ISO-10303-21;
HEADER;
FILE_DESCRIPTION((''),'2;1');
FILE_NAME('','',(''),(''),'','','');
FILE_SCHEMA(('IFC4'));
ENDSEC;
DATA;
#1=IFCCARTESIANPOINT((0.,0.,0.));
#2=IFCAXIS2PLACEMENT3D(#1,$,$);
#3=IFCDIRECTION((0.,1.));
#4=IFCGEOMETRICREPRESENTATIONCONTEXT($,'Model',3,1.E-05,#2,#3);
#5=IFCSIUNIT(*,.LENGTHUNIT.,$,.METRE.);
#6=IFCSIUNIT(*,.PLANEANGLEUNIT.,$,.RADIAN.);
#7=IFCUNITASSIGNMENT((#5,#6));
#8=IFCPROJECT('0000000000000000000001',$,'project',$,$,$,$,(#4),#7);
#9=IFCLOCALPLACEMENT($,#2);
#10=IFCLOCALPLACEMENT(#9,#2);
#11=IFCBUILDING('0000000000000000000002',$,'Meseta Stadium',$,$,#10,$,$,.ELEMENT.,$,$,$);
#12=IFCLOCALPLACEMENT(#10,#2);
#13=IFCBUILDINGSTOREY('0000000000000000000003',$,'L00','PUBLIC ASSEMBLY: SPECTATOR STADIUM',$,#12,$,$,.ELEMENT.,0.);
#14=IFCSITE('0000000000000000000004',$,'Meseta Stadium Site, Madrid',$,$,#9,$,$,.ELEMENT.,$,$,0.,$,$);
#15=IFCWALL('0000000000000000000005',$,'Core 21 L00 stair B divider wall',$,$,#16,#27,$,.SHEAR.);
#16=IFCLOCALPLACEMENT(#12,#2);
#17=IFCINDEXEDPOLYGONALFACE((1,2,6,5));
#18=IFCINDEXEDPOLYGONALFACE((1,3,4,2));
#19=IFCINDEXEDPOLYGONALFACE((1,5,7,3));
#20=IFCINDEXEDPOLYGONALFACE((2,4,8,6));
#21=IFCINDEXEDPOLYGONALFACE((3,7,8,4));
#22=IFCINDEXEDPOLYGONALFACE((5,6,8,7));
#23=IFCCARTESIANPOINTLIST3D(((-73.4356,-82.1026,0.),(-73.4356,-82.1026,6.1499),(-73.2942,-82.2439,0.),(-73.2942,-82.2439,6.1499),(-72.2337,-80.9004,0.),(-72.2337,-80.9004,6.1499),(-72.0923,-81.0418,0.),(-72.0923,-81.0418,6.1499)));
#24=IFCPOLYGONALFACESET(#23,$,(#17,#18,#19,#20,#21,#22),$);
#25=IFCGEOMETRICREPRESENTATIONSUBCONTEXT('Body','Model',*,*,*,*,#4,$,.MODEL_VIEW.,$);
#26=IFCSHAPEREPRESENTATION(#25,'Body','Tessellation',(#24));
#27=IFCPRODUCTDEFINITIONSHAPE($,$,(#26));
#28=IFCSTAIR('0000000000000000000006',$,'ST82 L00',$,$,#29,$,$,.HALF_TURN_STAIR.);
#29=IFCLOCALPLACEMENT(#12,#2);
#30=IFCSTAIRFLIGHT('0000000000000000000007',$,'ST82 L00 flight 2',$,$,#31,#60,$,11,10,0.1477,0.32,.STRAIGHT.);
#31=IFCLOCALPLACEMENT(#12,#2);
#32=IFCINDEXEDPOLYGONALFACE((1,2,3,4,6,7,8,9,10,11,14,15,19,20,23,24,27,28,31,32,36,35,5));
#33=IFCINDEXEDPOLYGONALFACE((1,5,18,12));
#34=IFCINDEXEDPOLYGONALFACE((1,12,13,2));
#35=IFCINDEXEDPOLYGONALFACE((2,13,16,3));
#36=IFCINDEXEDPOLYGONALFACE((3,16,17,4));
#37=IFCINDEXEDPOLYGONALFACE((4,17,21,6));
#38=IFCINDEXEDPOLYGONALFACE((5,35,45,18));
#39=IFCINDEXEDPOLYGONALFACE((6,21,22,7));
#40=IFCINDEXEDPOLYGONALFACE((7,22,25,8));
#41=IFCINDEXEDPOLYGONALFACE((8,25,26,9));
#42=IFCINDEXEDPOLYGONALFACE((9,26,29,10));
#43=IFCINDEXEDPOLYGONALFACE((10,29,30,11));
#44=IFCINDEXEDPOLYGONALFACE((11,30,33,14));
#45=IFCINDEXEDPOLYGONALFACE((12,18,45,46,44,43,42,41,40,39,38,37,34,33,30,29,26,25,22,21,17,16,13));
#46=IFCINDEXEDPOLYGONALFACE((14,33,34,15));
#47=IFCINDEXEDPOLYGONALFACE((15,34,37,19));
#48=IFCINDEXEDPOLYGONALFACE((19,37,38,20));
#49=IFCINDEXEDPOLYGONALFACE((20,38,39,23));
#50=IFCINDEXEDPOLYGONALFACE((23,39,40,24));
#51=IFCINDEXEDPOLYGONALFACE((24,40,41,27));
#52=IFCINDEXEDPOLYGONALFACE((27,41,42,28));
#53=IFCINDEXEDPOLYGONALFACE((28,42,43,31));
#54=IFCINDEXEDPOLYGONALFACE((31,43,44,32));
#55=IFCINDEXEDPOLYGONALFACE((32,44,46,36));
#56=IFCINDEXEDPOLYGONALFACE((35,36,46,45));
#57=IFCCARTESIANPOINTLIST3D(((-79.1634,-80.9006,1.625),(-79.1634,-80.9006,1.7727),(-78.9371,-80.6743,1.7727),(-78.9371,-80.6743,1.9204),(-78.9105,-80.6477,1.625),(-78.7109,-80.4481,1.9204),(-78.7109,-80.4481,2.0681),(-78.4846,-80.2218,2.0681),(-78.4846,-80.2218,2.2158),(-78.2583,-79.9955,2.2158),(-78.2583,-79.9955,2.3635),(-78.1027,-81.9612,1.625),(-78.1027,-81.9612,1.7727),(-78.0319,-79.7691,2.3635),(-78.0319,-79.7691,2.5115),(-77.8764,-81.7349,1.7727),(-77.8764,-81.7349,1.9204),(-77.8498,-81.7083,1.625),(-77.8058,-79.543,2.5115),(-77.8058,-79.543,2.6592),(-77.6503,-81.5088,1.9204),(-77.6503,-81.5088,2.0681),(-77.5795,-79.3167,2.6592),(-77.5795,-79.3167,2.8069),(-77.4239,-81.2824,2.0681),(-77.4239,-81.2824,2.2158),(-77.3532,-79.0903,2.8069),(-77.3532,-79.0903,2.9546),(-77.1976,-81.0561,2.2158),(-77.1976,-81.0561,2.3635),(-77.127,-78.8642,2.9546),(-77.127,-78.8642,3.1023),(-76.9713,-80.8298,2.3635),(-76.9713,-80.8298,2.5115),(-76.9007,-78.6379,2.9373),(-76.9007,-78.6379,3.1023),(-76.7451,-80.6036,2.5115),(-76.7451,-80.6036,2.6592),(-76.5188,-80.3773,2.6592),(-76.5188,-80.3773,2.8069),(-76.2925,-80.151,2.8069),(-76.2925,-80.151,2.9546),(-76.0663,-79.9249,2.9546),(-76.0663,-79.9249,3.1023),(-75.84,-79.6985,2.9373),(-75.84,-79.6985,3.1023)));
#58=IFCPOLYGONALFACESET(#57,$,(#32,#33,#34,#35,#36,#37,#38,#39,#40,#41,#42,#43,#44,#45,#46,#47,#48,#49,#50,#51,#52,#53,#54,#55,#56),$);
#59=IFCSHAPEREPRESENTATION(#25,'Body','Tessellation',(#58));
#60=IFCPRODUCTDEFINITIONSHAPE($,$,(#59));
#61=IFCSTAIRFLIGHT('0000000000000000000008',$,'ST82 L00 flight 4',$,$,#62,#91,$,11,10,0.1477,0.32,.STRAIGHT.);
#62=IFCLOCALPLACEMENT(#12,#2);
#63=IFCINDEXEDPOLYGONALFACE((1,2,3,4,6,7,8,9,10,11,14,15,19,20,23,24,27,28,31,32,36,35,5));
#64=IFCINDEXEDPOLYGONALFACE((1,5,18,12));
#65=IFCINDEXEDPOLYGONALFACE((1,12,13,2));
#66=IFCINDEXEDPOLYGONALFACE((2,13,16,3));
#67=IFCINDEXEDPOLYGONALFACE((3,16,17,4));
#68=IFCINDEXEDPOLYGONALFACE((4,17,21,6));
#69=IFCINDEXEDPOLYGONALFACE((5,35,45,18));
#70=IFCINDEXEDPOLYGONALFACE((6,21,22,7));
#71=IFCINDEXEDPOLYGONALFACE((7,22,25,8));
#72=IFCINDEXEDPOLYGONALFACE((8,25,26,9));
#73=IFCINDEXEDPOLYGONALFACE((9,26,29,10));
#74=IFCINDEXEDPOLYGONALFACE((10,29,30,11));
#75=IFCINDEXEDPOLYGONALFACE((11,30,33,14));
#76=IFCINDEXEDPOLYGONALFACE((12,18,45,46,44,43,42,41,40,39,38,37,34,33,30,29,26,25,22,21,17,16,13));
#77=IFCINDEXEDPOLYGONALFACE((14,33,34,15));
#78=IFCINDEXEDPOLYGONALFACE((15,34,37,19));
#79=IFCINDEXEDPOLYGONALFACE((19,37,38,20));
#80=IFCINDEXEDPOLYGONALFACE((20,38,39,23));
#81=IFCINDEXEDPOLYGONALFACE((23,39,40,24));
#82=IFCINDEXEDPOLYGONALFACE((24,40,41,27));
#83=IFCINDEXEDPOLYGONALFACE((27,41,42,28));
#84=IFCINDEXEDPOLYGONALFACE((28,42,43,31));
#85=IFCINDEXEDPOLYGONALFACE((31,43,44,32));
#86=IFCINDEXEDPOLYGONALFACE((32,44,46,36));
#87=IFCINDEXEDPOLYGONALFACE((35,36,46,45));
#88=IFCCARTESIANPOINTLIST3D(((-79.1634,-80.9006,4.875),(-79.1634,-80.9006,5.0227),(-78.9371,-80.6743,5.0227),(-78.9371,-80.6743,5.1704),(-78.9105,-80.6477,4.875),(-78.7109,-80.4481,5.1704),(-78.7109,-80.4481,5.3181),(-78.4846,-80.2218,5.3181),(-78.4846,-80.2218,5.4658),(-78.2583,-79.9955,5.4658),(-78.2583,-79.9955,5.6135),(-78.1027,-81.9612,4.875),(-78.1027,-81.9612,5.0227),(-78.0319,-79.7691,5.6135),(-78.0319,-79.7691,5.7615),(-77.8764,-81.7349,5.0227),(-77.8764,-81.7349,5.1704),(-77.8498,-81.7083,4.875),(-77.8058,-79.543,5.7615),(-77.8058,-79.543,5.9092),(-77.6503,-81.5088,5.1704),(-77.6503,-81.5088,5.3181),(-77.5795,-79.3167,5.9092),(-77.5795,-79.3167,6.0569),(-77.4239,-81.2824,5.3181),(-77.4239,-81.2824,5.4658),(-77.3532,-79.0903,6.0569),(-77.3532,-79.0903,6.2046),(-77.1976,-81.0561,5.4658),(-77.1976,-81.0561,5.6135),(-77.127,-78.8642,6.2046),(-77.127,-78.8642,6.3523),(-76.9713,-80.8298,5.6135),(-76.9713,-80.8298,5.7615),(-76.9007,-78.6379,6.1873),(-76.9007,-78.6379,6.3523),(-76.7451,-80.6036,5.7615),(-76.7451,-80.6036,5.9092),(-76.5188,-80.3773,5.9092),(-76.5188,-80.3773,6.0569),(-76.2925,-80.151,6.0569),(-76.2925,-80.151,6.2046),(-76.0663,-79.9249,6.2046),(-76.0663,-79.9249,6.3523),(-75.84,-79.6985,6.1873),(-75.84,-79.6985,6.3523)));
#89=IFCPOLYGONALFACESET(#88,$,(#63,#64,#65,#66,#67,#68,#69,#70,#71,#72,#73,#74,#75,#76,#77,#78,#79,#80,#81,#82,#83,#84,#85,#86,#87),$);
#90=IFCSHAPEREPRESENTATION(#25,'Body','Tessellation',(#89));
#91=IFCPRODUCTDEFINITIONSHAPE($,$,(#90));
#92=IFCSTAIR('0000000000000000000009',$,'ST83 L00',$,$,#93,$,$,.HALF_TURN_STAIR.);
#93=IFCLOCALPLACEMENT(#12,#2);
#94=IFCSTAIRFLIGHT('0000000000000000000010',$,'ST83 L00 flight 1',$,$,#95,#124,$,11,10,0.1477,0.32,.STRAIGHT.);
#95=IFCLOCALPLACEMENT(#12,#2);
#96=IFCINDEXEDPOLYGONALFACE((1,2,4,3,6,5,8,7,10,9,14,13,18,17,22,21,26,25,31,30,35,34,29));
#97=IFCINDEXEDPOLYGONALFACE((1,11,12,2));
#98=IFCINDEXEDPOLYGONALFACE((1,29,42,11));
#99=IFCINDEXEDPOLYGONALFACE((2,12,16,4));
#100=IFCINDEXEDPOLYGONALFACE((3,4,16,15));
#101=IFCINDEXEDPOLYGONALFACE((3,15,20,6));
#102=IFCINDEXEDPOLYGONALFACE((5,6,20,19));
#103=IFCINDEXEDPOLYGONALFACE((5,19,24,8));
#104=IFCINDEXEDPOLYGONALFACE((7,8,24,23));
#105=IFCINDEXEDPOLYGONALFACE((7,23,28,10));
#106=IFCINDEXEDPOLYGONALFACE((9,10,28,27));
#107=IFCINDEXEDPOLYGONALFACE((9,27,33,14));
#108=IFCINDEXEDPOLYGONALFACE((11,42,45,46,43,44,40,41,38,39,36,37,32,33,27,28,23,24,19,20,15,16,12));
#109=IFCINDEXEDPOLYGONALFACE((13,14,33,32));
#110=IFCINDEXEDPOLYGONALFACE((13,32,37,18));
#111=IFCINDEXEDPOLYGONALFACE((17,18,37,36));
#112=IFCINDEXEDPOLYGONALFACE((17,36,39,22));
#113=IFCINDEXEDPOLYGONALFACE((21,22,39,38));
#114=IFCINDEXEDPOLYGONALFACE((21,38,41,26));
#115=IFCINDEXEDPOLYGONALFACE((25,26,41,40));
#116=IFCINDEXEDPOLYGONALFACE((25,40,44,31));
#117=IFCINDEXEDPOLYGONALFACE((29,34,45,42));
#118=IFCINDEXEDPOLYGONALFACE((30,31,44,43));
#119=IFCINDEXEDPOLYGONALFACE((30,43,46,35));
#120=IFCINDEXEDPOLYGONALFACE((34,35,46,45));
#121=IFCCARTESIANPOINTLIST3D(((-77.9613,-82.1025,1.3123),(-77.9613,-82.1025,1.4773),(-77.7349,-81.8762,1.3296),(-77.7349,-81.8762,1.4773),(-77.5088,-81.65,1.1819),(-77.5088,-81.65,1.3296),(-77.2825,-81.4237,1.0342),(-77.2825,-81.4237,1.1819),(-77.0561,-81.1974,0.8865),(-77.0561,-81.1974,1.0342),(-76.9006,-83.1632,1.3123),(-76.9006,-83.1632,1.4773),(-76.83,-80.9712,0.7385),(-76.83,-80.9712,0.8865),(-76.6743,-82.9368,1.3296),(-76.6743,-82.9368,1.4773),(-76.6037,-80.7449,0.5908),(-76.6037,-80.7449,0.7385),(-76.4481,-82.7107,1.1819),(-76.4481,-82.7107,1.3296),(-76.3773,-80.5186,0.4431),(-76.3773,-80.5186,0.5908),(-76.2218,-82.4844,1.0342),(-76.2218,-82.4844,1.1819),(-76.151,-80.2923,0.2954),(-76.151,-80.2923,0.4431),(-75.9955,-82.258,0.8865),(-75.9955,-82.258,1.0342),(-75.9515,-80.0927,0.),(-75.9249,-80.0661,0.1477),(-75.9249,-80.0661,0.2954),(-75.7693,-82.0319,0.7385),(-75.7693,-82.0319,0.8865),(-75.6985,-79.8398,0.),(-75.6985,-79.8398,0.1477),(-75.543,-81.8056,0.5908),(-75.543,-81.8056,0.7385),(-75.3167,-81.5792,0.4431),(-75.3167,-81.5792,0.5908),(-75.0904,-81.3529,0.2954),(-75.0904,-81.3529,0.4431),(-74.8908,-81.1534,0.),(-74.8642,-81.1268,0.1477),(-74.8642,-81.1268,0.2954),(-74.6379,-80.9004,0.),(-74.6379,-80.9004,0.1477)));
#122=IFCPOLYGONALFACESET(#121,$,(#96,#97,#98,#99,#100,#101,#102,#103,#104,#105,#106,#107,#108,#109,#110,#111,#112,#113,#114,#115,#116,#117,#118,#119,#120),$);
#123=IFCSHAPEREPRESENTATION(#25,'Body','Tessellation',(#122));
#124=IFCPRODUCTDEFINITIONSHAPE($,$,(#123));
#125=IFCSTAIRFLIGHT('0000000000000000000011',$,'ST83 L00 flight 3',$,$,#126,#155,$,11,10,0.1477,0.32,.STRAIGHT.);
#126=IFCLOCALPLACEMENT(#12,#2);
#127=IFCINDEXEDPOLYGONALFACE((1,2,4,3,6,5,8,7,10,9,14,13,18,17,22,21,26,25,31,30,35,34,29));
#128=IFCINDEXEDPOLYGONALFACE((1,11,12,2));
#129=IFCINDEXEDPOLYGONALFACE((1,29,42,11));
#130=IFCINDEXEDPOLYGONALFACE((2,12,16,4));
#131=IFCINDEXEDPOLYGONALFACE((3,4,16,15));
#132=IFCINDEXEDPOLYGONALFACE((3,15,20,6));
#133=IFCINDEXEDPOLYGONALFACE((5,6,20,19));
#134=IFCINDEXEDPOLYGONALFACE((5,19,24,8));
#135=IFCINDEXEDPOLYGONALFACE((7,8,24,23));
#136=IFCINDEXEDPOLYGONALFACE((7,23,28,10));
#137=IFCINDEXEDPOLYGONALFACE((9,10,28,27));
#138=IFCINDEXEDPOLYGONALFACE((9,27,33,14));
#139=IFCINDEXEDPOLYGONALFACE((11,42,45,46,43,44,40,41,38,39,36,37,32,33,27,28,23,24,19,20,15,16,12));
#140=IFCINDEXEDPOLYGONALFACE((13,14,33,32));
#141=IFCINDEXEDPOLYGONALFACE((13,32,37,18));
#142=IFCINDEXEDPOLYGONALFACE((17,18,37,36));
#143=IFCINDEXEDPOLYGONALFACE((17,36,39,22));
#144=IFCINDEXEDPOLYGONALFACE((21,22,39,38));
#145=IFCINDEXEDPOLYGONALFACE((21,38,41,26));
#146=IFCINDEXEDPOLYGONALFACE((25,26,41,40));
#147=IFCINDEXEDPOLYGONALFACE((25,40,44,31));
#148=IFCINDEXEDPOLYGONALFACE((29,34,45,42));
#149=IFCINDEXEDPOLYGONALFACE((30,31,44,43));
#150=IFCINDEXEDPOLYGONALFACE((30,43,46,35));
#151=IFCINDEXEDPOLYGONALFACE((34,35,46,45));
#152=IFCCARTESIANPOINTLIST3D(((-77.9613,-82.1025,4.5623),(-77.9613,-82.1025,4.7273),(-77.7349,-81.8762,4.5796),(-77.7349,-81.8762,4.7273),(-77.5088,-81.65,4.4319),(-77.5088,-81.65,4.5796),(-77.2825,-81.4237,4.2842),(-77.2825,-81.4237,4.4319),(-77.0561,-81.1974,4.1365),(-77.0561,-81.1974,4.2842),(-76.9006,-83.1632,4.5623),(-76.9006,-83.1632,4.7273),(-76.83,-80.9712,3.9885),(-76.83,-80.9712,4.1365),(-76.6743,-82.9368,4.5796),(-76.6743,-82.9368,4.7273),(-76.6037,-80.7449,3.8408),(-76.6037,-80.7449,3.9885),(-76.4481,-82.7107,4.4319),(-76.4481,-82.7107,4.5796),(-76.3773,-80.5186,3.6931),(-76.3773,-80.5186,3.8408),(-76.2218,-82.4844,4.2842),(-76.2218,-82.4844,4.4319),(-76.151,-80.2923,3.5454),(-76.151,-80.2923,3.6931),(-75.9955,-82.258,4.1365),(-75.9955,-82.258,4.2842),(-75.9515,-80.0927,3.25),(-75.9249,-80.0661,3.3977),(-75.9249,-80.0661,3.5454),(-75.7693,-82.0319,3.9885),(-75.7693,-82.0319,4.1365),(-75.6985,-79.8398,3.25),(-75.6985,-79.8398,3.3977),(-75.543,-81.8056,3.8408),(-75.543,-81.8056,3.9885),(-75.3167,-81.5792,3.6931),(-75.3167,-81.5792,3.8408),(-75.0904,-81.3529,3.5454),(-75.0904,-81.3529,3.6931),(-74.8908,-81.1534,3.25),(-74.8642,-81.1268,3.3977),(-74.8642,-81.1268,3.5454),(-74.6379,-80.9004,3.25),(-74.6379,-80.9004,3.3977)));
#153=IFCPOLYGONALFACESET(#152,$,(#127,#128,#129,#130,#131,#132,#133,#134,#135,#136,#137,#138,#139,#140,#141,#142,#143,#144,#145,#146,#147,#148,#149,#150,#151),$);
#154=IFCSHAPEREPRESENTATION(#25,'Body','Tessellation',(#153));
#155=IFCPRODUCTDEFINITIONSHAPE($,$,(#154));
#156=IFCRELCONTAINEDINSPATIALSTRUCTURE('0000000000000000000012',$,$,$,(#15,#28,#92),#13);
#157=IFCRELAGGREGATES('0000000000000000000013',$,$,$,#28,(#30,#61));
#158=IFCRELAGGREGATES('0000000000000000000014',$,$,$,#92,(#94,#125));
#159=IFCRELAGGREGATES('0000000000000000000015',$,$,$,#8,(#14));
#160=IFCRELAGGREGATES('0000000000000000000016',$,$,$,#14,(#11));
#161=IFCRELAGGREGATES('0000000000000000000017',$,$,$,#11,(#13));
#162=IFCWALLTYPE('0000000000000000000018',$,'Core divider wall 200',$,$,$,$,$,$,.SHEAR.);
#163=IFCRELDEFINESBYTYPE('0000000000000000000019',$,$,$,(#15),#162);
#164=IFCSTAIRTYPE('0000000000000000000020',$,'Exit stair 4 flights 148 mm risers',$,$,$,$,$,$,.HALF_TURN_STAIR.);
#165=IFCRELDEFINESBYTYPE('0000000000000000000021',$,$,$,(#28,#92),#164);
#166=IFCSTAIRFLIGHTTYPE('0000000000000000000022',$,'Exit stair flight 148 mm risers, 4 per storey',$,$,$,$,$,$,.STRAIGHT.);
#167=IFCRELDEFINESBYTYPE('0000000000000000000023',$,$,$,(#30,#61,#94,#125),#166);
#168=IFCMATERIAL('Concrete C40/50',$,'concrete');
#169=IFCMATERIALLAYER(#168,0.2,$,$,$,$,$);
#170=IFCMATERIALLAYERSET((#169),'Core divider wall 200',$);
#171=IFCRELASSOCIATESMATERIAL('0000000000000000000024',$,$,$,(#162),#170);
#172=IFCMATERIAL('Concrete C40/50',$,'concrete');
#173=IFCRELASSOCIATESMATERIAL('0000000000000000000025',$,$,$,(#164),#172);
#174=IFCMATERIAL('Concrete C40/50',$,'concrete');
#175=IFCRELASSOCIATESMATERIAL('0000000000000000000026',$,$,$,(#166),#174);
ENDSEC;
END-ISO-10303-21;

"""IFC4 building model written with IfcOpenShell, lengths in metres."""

from ifc_helpers import new_model, si_unit, direction, frame, frame_2d, origin, place, context, subcontext, project, spatial, polyline, rectangle, outline, extrude, material, layer, layer_set, type_object, element, aggregate, save


model = new_model("IFC4")

# Units and contexts
model_context = context("Model", 3, precision=1e-05, world=origin(), true_north=direction((0.0, 1.0)))
body_context = subcontext(model_context, "Body", "Model", "MODEL_VIEW")
ifc_project = project(units=[si_unit("LENGTHUNIT", "METRE"), si_unit("PLANEANGLEUNIT", "RADIAN")], contexts=[model_context])

# Site, building, storey
site_placement = place(None, origin())
site = spatial("IfcSite", under=ifc_project, at=site_placement, Name="Meseta Stadium Site, Madrid", CompositionType="ELEMENT", RefElevation=0.0)
building_placement = place(site_placement, origin())
building = spatial("IfcBuilding", under=site, at=building_placement, Name="Meseta Stadium", CompositionType="ELEMENT")
storey_placement = place(building_placement, origin())
storey = spatial("IfcBuildingStorey", under=building, at=storey_placement, Name="L00", Description="PUBLIC ASSEMBLY: SPECTATOR STADIUM", CompositionType="ELEMENT", Elevation=0.0)

# Wall
ifc_material_1 = material(Name="Concrete C40/50", Category="concrete")
ifc_layer = layer(ifc_material_1, 0.2)
ifc_layer_set = layer_set([ifc_layer], Name="Core divider wall 200")
wall_type = type_object("IfcWallType", Name="Core divider wall 200", PredefinedType="SHEAR", material=ifc_layer_set)
wall_placement = place(storey_placement, frame((-73.365, -82.1733, 0.0), z_axis=(0.0, 0.0, 1.0), x_axis=(0.707035, 0.707179, 0.0)))
element("IfcWall", 1, at=wall_placement, inside=storey, type_object=wall_type, Name="Core 21 L00 stair B divider wall", PredefinedType="SHEAR", context=body_context, shape_type="SweptSolid", body=[
    extrude(rectangle(XDim=1.7, YDim=0.2, at=frame_2d((0.8501, 0.0))), origin(), (0.0, 0.0, 1.0), 6.1499),
])

# Stairs, stair flights
ifc_material_2 = material(Name="Concrete C40/50", Category="concrete")
stair_type = type_object("IfcStairType", Name="Exit stair 4 flights 148 mm risers", PredefinedType="HALF_TURN_STAIR", material=ifc_material_2)
stair_1_placement = place(storey_placement, origin())
stair_1 = element("IfcStair", 2, at=stair_1_placement, inside=storey, type_object=stair_type, Name="ST82 L00", PredefinedType="HALF_TURN_STAIR")
ifc_material_3 = material(Name="Concrete C40/50", Category="concrete")
stair_flight_type = type_object("IfcStairFlightType", Name="Exit stair flight 148 mm risers, 4 per storey", PredefinedType="STRAIGHT", material=ifc_material_3)
stair_flight_1_placement = place(storey_placement, frame((-78.6331, -81.4309, 1.625), z_axis=(0.0, 0.0, 1.0), x_axis=(0.707107, 0.707107, 0.0)))
stair_flight_1 = element("IfcStairFlight", 3, at=stair_flight_1_placement, type_object=stair_flight_type, Name="ST82 L00 flight 2", NumberOfRisers=11, NumberOfTreads=10, PredefinedType="STRAIGHT", RiserHeight=0.1477, TreadLength=0.32, context=body_context, shape_type="SweptSolid", body=[
    extrude(outline(polyline([(0.0, 0.0), (0.0, 0.1477), (0.3201, 0.1477), (0.3201, 0.2954), (0.6399, 0.2954), (0.6399, 0.4431), (0.96, 0.4431), (0.96, 0.5908), (1.28, 0.5908), (1.28, 0.7385), (1.6001, 0.7385), (1.6001, 0.8865), (1.9199, 0.8865), (1.9199, 1.0342), (2.24, 1.0342), (2.24, 1.1819), (2.5601, 1.1819), (2.5601, 1.3296), (2.8799, 1.3296), (2.8799, 1.4773), (3.2, 1.4773), (3.2, 1.3123), (0.3577, 0.0), (0.0, 0.0)])), frame((0.0, 0.75, 0.0), z_axis=(0.0, -1.0, 0.0), x_axis=(1.0, 0.0, 0.0)), (0.0, 0.0, 1.0), 1.5),
])
stair_flight_2_placement = place(storey_placement, frame((-78.6331, -81.4309, 4.875), z_axis=(0.0, 0.0, 1.0), x_axis=(0.707107, 0.707107, 0.0)))
stair_flight_2 = element("IfcStairFlight", 4, at=stair_flight_2_placement, type_object=stair_flight_type, Name="ST82 L00 flight 4", NumberOfRisers=11, NumberOfTreads=10, PredefinedType="STRAIGHT", RiserHeight=0.1477, TreadLength=0.32, context=body_context, shape_type="SweptSolid", body=[
    extrude(outline(polyline([(0.0, 0.0), (0.0, 0.1477), (0.3201, 0.1477), (0.3201, 0.2954), (0.6399, 0.2954), (0.6399, 0.4431), (0.96, 0.4431), (0.96, 0.5908), (1.28, 0.5908), (1.28, 0.7385), (1.6001, 0.7385), (1.6001, 0.8865), (1.9199, 0.8865), (1.9199, 1.0342), (2.24, 1.0342), (2.24, 1.1819), (2.5601, 1.1819), (2.5601, 1.3296), (2.8799, 1.3296), (2.8799, 1.4773), (3.2, 1.4773), (3.2, 1.3123), (0.3577, 0.0), (0.0, 0.0)])), frame((0.0, 0.75, 0.0), z_axis=(0.0, -1.0, 0.0), x_axis=(1.0, 0.0, 0.0)), (0.0, 0.0, 1.0), 1.5),
])
aggregate(stair_1, [stair_flight_1, stair_flight_2])
stair_2_placement = place(storey_placement, origin())
stair_2 = element("IfcStair", 5, at=stair_2_placement, inside=storey, type_object=stair_type, Name="ST83 L00", PredefinedType="HALF_TURN_STAIR")
stair_flight_3_placement = place(storey_placement, frame((-75.1682, -80.3701, 0.0), z_axis=(0.0, 0.0, 1.0), x_axis=(-0.707107, -0.707107, 0.0)))
stair_flight_3 = element("IfcStairFlight", 6, at=stair_flight_3_placement, type_object=stair_flight_type, Name="ST83 L00 flight 1", NumberOfRisers=11, NumberOfTreads=10, PredefinedType="STRAIGHT", RiserHeight=0.1477, TreadLength=0.32, context=body_context, shape_type="SweptSolid", body=[
    extrude(outline(polyline([(0.0, 0.0), (0.0, 0.1477), (0.3201, 0.1477), (0.3201, 0.2954), (0.6399, 0.2954), (0.6399, 0.4431), (0.96, 0.4431), (0.96, 0.5908), (1.28, 0.5908), (1.28, 0.7385), (1.6001, 0.7385), (1.6001, 0.8865), (1.9199, 0.8865), (1.9199, 1.0342), (2.24, 1.0342), (2.24, 1.1819), (2.5601, 1.1819), (2.5601, 1.3296), (2.8799, 1.3296), (2.8799, 1.4773), (3.2, 1.4773), (3.2, 1.3123), (0.3577, 0.0), (0.0, 0.0)])), frame((0.0, 0.75, 0.0), z_axis=(0.0, -1.0, 0.0), x_axis=(1.0, 0.0, 0.0)), (0.0, 0.0, 1.0), 1.5),
])
stair_flight_4_placement = place(storey_placement, frame((-75.1682, -80.3701, 3.25), z_axis=(0.0, 0.0, 1.0), x_axis=(-0.707107, -0.707107, 0.0)))
stair_flight_4 = element("IfcStairFlight", 7, at=stair_flight_4_placement, type_object=stair_flight_type, Name="ST83 L00 flight 3", NumberOfRisers=11, NumberOfTreads=10, PredefinedType="STRAIGHT", RiserHeight=0.1477, TreadLength=0.32, context=body_context, shape_type="SweptSolid", body=[
    extrude(outline(polyline([(0.0, 0.0), (0.0, 0.1477), (0.3201, 0.1477), (0.3201, 0.2954), (0.6399, 0.2954), (0.6399, 0.4431), (0.96, 0.4431), (0.96, 0.5908), (1.28, 0.5908), (1.28, 0.7385), (1.6001, 0.7385), (1.6001, 0.8865), (1.9199, 0.8865), (1.9199, 1.0342), (2.24, 1.0342), (2.24, 1.1819), (2.5601, 1.1819), (2.5601, 1.3296), (2.8799, 1.3296), (2.8799, 1.4773), (3.2, 1.4773), (3.2, 1.3123), (0.3577, 0.0), (0.0, 0.0)])), frame((0.0, 0.75, 0.0), z_axis=(0.0, -1.0, 0.0), x_axis=(1.0, 0.0, 0.0)), (0.0, 0.0, 1.0), 1.5),
])
aggregate(stair_2, [stair_flight_3, stair_flight_4])

save(model, "model.ifc")
